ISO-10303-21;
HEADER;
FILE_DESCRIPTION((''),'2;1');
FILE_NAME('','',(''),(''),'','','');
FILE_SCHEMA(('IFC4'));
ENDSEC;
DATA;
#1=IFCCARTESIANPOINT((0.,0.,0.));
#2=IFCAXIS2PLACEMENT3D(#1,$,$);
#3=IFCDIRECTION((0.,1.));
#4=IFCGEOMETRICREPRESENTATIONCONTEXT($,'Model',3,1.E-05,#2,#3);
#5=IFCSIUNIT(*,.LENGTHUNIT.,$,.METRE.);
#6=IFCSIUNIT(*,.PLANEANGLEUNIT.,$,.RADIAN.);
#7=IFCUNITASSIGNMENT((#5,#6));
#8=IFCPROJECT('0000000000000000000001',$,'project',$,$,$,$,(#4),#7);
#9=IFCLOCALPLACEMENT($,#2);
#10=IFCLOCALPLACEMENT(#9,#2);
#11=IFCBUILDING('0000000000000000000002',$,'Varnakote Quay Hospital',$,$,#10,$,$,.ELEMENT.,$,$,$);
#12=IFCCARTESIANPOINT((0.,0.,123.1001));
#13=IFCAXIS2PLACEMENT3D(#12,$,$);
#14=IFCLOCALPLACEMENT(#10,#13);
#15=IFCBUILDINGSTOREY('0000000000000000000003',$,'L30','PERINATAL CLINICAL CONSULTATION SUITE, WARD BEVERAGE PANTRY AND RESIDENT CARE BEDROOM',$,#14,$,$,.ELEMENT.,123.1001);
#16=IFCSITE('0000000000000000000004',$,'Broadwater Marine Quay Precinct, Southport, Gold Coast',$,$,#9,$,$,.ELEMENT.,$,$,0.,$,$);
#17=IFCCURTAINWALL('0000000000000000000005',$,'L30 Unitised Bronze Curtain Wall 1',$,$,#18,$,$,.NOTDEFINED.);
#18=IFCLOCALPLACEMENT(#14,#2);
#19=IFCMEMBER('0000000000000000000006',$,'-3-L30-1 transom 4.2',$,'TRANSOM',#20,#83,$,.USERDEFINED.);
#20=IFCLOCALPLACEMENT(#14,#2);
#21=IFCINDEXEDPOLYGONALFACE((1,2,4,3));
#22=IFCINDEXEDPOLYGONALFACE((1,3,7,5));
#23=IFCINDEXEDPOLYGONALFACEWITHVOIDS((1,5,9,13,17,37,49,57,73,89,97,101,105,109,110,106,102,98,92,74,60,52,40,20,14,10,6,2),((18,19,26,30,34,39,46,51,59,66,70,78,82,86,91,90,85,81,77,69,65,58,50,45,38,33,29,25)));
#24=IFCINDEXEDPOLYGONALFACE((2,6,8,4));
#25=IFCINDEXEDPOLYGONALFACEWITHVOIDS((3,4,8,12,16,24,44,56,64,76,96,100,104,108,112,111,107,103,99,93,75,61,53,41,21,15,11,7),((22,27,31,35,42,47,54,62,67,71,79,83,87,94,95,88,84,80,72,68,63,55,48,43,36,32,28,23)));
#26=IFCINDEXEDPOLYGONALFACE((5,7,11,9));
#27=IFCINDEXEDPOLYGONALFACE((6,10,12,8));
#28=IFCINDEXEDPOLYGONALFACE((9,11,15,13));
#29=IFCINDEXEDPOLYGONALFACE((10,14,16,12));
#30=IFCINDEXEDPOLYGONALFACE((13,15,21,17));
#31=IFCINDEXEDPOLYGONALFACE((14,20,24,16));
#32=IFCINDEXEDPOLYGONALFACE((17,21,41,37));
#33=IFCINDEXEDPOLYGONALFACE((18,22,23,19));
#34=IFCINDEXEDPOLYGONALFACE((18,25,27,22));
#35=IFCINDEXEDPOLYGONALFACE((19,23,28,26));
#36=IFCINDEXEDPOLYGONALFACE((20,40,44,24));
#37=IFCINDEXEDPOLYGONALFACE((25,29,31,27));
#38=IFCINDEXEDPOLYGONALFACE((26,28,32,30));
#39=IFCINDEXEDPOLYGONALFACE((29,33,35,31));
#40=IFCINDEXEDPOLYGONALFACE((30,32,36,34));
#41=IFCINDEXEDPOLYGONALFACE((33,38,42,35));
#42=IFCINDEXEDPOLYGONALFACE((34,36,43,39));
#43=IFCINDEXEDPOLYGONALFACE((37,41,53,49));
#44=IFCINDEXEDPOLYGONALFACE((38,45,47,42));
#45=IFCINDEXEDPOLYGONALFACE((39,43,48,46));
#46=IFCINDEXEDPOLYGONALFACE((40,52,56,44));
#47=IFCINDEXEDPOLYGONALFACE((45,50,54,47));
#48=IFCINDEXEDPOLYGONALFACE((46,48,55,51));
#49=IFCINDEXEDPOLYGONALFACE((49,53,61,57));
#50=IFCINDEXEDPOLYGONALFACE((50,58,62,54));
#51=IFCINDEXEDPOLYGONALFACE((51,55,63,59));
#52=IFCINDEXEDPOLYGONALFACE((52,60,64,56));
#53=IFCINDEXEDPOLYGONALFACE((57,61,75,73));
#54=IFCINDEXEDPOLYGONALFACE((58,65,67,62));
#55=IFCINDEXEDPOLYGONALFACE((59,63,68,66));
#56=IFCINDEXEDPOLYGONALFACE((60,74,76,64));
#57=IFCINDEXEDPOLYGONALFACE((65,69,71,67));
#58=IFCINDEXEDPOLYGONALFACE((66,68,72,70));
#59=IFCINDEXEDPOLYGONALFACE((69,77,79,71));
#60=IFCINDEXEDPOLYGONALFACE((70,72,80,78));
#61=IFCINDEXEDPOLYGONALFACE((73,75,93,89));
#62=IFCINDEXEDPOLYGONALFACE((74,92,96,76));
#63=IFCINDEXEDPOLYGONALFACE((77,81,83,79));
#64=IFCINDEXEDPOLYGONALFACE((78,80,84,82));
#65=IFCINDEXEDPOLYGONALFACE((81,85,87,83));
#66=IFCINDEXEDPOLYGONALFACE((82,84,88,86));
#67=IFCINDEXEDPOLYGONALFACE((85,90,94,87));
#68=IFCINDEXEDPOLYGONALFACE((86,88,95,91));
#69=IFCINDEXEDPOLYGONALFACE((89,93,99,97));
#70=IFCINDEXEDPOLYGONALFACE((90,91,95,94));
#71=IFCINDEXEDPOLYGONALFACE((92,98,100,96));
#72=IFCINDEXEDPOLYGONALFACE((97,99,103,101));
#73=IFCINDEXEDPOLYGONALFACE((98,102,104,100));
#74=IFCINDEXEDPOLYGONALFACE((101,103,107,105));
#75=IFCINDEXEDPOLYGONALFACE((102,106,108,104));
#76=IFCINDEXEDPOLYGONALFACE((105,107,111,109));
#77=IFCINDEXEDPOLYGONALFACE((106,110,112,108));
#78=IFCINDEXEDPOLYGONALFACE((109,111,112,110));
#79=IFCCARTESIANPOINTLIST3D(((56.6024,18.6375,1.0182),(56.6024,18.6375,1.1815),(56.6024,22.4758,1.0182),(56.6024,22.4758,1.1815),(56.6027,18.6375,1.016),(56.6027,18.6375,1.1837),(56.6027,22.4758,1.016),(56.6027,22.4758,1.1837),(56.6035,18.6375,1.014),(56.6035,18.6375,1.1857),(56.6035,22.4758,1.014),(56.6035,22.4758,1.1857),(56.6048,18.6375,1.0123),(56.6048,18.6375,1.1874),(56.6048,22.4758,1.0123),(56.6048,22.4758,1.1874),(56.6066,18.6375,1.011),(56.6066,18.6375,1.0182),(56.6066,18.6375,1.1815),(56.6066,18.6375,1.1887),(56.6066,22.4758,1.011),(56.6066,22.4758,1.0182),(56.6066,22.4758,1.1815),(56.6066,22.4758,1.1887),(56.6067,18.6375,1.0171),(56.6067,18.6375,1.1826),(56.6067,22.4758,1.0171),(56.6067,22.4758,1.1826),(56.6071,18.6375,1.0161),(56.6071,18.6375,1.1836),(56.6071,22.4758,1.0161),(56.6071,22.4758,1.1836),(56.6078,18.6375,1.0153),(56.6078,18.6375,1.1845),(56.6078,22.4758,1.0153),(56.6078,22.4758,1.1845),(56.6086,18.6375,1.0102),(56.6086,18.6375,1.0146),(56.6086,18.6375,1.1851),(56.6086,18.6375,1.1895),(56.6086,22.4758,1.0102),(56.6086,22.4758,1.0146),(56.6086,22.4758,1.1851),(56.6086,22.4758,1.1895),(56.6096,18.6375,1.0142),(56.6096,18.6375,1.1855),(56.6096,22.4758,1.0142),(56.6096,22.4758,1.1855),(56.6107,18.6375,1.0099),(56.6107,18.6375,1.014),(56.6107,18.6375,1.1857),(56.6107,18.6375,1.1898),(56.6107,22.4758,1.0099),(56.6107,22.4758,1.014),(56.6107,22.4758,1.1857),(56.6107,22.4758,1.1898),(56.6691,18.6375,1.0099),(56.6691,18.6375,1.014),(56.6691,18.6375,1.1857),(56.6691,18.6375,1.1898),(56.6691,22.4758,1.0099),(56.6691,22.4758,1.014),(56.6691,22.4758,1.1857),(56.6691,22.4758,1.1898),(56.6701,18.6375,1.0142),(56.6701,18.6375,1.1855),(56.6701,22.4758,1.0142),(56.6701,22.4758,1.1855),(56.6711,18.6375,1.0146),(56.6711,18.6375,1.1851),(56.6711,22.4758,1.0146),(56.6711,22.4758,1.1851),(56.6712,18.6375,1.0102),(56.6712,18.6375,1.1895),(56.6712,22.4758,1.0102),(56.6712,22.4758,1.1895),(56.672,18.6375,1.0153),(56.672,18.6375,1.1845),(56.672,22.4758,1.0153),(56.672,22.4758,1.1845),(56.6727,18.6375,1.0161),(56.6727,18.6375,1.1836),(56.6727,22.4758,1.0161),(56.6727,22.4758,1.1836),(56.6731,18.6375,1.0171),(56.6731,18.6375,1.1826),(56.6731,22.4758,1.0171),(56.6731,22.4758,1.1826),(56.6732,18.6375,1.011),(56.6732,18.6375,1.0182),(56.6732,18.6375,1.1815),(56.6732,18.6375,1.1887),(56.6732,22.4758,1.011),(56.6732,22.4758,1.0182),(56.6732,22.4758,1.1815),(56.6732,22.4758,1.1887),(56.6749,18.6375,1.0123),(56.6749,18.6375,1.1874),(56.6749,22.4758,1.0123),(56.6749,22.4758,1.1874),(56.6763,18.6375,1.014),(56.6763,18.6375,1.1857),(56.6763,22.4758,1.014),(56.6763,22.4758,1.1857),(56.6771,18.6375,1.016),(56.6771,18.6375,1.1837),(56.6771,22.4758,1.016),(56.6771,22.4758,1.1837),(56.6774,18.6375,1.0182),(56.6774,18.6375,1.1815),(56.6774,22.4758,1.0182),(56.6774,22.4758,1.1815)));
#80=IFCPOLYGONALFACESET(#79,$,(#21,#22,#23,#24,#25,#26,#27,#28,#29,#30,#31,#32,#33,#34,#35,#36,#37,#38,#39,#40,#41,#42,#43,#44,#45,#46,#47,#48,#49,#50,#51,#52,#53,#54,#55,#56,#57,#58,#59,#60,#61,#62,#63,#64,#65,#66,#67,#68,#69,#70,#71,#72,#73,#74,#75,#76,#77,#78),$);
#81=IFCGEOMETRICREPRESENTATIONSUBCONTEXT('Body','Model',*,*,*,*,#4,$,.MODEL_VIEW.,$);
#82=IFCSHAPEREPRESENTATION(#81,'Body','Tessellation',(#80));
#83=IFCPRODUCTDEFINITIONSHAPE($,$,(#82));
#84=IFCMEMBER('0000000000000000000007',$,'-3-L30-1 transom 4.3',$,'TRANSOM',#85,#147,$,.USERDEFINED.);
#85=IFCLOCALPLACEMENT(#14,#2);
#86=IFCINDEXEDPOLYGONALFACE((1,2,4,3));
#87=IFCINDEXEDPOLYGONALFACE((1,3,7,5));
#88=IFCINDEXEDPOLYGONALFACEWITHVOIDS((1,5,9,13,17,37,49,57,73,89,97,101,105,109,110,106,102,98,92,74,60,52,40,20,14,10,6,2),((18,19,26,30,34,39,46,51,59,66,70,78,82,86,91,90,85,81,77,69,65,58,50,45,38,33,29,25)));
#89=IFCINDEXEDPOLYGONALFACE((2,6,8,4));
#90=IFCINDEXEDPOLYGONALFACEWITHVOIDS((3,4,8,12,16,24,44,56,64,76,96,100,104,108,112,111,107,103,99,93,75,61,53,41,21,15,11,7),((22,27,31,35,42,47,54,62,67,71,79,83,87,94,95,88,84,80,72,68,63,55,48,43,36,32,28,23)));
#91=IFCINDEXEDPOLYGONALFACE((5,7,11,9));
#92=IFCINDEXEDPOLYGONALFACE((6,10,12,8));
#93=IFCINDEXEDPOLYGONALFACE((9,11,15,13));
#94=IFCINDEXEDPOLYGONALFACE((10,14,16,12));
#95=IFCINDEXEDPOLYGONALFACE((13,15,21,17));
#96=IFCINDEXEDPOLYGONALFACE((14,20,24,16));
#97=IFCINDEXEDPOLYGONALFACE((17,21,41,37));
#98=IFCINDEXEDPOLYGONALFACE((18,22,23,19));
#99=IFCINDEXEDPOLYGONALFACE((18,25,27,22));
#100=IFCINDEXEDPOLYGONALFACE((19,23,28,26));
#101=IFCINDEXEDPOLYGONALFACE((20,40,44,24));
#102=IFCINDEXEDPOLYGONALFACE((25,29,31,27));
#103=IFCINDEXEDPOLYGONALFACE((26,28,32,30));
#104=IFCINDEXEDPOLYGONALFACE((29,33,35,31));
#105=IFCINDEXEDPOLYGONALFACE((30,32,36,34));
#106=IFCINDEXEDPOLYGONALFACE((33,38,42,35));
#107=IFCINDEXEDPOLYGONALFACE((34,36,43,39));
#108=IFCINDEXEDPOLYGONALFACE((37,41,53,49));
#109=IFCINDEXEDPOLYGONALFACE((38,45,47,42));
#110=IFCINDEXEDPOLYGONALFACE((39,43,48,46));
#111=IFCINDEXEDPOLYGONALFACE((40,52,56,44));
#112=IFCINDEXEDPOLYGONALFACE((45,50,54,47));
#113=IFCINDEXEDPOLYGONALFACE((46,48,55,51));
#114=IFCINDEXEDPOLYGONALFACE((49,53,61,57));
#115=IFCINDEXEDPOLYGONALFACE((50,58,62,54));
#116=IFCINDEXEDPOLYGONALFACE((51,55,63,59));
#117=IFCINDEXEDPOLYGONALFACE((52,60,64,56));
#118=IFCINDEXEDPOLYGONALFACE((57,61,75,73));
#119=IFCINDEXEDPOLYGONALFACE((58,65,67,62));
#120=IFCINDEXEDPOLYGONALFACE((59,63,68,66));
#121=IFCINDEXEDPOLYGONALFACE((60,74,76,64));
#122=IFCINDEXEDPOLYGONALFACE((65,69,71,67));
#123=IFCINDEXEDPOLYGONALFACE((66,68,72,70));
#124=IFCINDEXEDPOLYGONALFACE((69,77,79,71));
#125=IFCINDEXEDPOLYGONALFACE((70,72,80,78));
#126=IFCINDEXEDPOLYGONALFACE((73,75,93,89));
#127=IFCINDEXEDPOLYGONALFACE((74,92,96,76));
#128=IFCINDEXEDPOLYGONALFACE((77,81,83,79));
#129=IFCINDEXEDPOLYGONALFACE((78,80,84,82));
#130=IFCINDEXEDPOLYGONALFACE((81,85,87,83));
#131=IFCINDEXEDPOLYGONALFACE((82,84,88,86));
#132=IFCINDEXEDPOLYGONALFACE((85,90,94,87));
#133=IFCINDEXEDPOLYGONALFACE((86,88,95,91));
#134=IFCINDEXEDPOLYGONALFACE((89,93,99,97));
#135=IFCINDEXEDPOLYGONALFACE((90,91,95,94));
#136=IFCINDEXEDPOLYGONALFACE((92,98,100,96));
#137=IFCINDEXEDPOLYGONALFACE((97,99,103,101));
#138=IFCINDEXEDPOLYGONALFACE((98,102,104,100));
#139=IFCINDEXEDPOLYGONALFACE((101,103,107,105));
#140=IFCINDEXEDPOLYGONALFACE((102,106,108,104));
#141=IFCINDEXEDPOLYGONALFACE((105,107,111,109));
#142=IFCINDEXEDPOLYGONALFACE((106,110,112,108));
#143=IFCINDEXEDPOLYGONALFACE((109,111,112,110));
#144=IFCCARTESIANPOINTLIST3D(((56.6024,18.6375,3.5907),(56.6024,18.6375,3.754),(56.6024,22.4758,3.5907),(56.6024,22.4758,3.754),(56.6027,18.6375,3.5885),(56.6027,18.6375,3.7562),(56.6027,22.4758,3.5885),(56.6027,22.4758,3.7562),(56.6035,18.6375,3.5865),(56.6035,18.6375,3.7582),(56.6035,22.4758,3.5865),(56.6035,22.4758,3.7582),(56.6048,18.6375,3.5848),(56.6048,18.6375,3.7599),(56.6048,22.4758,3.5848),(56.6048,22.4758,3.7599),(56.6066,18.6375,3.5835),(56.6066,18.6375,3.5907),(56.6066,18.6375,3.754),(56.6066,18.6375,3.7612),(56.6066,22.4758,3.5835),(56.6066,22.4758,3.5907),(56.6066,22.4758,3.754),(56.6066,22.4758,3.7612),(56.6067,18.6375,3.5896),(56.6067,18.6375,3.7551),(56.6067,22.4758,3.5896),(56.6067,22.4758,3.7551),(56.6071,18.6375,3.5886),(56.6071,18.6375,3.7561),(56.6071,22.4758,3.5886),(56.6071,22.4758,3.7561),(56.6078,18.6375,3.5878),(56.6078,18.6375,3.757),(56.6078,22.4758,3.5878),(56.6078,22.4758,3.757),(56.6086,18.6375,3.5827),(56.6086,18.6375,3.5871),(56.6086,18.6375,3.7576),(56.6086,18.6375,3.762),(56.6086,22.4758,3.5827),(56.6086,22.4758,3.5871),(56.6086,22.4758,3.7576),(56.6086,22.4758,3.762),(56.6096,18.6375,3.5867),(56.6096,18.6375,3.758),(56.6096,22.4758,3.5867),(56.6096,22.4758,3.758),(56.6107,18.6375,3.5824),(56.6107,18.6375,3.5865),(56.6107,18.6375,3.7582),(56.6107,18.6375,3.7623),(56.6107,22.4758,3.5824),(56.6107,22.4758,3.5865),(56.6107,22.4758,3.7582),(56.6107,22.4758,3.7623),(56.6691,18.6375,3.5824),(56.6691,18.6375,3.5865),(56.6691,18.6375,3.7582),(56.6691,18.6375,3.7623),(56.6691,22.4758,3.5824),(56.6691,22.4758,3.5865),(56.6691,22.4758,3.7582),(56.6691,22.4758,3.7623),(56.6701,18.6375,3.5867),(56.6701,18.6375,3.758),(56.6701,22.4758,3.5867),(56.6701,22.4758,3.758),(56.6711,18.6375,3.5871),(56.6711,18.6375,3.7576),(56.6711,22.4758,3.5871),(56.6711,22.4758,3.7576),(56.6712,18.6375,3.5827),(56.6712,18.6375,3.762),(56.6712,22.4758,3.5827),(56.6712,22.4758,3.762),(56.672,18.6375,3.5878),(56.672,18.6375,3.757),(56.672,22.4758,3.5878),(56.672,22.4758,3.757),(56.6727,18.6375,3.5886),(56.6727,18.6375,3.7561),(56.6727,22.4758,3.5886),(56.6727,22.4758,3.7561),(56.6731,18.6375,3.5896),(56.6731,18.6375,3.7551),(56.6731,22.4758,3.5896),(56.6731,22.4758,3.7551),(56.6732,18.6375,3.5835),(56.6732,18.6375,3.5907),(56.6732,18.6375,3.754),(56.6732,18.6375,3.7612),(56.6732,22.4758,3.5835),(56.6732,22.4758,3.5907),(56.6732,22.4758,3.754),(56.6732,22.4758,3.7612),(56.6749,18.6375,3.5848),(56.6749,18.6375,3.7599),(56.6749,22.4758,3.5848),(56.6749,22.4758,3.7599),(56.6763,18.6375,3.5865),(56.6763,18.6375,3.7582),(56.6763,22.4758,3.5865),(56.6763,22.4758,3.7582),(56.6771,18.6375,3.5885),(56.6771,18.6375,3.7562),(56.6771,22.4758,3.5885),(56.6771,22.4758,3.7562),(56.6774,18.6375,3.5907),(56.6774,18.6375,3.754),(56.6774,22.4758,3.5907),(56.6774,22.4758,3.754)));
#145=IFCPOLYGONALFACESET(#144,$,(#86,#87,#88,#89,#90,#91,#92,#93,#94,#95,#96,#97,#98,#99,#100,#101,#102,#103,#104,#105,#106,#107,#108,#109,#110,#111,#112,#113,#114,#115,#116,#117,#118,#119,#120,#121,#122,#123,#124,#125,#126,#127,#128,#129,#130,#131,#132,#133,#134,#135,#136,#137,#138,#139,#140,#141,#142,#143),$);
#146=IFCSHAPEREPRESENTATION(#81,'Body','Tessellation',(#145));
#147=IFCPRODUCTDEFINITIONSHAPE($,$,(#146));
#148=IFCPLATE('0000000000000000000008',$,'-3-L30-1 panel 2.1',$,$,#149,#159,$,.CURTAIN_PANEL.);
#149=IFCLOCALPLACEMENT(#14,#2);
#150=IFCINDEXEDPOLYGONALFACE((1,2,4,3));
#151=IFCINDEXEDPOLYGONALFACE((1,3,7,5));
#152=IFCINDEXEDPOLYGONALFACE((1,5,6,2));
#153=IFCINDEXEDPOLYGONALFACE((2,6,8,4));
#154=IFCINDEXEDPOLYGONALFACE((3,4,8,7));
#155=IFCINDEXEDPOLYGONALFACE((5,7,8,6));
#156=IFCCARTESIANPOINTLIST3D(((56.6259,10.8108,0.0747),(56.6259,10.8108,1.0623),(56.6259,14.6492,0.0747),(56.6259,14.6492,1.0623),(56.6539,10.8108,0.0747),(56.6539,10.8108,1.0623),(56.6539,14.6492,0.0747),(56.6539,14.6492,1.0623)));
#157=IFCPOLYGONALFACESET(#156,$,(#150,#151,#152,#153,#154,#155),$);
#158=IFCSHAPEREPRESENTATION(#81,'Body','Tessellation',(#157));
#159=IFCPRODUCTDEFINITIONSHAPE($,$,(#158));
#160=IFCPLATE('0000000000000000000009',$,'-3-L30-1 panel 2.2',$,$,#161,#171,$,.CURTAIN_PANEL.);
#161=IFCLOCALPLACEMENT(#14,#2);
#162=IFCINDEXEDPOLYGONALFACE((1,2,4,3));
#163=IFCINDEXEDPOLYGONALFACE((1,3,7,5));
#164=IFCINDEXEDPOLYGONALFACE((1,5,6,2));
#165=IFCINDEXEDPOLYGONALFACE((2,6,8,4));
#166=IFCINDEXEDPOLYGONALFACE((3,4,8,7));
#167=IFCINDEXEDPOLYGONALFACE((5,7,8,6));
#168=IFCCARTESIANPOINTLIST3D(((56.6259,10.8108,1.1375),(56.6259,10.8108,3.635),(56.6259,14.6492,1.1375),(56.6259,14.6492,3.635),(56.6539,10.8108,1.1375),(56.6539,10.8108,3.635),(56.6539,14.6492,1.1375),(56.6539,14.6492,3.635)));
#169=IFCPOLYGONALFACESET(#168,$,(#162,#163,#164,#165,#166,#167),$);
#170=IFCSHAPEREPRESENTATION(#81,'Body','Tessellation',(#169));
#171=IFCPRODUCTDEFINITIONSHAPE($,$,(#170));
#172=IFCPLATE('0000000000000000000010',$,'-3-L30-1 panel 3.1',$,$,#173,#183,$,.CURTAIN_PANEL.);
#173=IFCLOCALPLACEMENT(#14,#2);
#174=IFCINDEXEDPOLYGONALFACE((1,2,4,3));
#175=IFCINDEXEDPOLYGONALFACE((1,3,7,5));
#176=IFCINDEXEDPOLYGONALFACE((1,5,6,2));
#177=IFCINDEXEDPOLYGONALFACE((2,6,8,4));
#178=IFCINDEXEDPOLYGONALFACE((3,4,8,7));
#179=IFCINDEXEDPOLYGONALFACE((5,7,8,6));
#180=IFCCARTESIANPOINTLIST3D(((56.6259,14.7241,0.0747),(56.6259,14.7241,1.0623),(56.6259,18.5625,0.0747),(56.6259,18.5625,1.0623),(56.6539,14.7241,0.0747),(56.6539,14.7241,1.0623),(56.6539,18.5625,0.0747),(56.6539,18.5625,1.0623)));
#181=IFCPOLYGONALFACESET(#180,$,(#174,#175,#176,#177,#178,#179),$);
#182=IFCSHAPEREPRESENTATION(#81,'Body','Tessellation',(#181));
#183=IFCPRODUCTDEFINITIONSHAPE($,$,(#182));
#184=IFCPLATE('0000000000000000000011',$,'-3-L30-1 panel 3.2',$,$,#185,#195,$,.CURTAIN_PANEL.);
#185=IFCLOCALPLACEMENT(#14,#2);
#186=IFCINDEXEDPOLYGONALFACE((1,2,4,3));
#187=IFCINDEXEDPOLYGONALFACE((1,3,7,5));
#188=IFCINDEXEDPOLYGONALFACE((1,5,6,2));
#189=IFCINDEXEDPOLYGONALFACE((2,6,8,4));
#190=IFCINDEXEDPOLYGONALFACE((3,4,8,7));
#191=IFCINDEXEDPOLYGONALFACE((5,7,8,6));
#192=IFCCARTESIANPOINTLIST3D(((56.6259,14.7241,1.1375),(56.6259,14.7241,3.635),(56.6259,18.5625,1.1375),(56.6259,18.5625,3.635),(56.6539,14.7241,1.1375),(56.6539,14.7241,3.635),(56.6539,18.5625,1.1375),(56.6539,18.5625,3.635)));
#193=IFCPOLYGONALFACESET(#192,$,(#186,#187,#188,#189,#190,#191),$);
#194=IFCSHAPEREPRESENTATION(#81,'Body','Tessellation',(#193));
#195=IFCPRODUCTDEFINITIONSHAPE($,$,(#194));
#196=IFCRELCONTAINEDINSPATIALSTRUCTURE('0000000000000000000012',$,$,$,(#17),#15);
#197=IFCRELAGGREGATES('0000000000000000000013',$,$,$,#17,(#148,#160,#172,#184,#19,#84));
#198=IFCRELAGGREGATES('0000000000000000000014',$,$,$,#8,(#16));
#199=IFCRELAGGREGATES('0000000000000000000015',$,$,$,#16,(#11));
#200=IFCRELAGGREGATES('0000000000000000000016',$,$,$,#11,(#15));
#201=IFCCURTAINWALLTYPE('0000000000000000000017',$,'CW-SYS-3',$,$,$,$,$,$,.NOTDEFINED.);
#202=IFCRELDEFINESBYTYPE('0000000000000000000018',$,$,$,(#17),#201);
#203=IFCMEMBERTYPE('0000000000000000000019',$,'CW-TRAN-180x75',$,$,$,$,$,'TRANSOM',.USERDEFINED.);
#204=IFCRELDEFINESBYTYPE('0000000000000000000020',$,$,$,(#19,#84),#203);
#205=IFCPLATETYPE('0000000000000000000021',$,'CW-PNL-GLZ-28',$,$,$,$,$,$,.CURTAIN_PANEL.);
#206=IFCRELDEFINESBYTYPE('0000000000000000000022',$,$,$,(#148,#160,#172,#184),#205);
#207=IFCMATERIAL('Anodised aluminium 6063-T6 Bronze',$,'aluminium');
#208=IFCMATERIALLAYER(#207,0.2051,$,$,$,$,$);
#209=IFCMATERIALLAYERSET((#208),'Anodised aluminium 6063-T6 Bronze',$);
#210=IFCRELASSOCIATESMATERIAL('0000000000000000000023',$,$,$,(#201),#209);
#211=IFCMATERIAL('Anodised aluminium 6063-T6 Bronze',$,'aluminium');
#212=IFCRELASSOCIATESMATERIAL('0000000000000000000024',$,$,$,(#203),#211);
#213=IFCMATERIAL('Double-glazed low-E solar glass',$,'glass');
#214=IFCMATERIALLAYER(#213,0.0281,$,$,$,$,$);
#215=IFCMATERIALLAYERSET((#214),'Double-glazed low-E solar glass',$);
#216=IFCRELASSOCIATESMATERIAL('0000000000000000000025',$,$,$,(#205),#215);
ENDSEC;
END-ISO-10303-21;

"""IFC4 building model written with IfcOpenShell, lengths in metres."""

from ifc_helpers import new_model, si_unit, direction, frame, origin, origin_2d, place, context, subcontext, project, spatial, rectangle, hollow_rectangle, extrude, material, layer, layer_set, material_profile, profile_set, type_object, element, aggregate, save


model = new_model("IFC4")

# Units and contexts
model_context = context("Model", 3, precision=1e-05, world=origin(), true_north=direction((0.0, 1.0)))
body_context = subcontext(model_context, "Body", "Model", "MODEL_VIEW")
ifc_project = project(units=[si_unit("LENGTHUNIT", "METRE"), si_unit("PLANEANGLEUNIT", "RADIAN")], contexts=[model_context])

# Site, building, storey
site_placement = place(None, origin())
site = spatial("IfcSite", under=ifc_project, at=site_placement, Name="Broadwater Marine Quay Precinct, Southport, Gold Coast", CompositionType="ELEMENT", RefElevation=0.0)
building_placement = place(site_placement, origin())
building = spatial("IfcBuilding", under=site, at=building_placement, Name="Varnakote Quay Hospital", CompositionType="ELEMENT")
storey_placement = place(building_placement, frame((0.0, 0.0, 123.1001)))
storey = spatial("IfcBuildingStorey", under=building, at=storey_placement, Name="L30", Description="PERINATAL CLINICAL CONSULTATION SUITE, WARD BEVERAGE PANTRY AND RESIDENT CARE BEDROOM", CompositionType="ELEMENT", Elevation=123.1001)

# Curtain wall, members, plates
ifc_material_1 = material(Name="Anodised aluminium 6063-T6 Bronze", Category="aluminium")
ifc_layer_1 = layer(ifc_material_1, 0.2051)
ifc_layer_set_1 = layer_set([ifc_layer_1], Name="Anodised aluminium 6063-T6 Bronze")
curtain_wall_type = type_object("IfcCurtainWallType", Name="CW-SYS-3", PredefinedType="NOTDEFINED", material=ifc_layer_set_1)
curtain_wall_placement = place(storey_placement, origin())
curtain_wall = element("IfcCurtainWall", 1, at=curtain_wall_placement, inside=storey, type_object=curtain_wall_type, Name="L30 Unitised Bronze Curtain Wall 1", PredefinedType="NOTDEFINED")
ifc_material_2 = material(Name="Anodised aluminium 6063-T6 Bronze", Category="aluminium")
ifc_material_profile_1 = material_profile(ifc_material_2, hollow_rectangle(XDim=0.075, YDim=0.1799, WallThickness=0.0042, InnerFilletRadius=0.0042, OuterFilletRadius=0.0083, at=origin_2d()), Name="CW-TRAN-180x75")
ifc_profile_set_1 = profile_set([ifc_material_profile_1], Name="Anodised aluminium 6063-T6 Bronze")
member_type_1 = type_object("IfcMemberType", Name="CW-TRAN-180x75", ElementType="TRANSOM", PredefinedType="USERDEFINED", material=ifc_profile_set_1)
member_1_placement = place(storey_placement, frame((56.6399, 18.6375, 1.0999), z_axis=(0.0, 1.0, 0.0), x_axis=(-1.0, 0.0, 0.0)))
member_1 = element("IfcMember", 2, at=member_1_placement, type_object=member_type_1, Name="-3-L30-1 transom 4.2", ObjectType="TRANSOM", PredefinedType="USERDEFINED", context=body_context, shape_type="SweptSolid", body=[
    extrude(hollow_rectangle(XDim=0.075, YDim=0.1799, WallThickness=0.0042, InnerFilletRadius=0.0042, OuterFilletRadius=0.0083, at=origin_2d()), origin(), (0.0, 0.0, 1.0), 3.8384),
])
member_2_placement = place(storey_placement, frame((56.6399, 18.6375, 3.6724), z_axis=(0.0, 1.0, 0.0), x_axis=(-1.0, 0.0, 0.0)))
member_2 = element("IfcMember", 3, at=member_2_placement, type_object=member_type_1, Name="-3-L30-1 transom 4.3", ObjectType="TRANSOM", PredefinedType="USERDEFINED", context=body_context, shape_type="SweptSolid", body=[
    extrude(hollow_rectangle(XDim=0.075, YDim=0.1799, WallThickness=0.0042, InnerFilletRadius=0.0042, OuterFilletRadius=0.0083, at=origin_2d()), origin(), (0.0, 0.0, 1.0), 3.8384),
])
ifc_material_3 = material(Name="Double-glazed low-E solar glass", Category="glass")
ifc_layer_2 = layer(ifc_material_3, 0.0281)
ifc_layer_set_2 = layer_set([ifc_layer_2], Name="Double-glazed low-E solar glass")
plate_type = type_object("IfcPlateType", Name="CW-PNL-GLZ-28", PredefinedType="CURTAIN_PANEL", material=ifc_layer_set_2)
plate_1_placement = place(storey_placement, frame((56.6399, 12.73, 0.0747), z_axis=(0.0, 0.0, 1.0), x_axis=(0.0, 1.0, 0.0)))
plate_1 = element("IfcPlate", 4, at=plate_1_placement, type_object=plate_type, Name="-3-L30-1 panel 2.1", PredefinedType="CURTAIN_PANEL", context=body_context, shape_type="SweptSolid", body=[
    extrude(rectangle(XDim=3.8384, YDim=0.0281, at=origin_2d()), origin(), (0.0, 0.0, 1.0), 0.9875),
])
plate_2_placement = place(storey_placement, frame((56.6399, 12.73, 1.1375), z_axis=(0.0, 0.0, 1.0), x_axis=(0.0, 1.0, 0.0)))
plate_2 = element("IfcPlate", 5, at=plate_2_placement, type_object=plate_type, Name="-3-L30-1 panel 2.2", PredefinedType="CURTAIN_PANEL", context=body_context, shape_type="SweptSolid", body=[
    extrude(rectangle(XDim=3.8384, YDim=0.0281, at=origin_2d()), origin(), (0.0, 0.0, 1.0), 2.4976),
])
plate_3_placement = place(storey_placement, frame((56.6399, 16.6433, 0.0747), z_axis=(0.0, 0.0, 1.0), x_axis=(0.0, 1.0, 0.0)))
plate_3 = element("IfcPlate", 6, at=plate_3_placement, type_object=plate_type, Name="-3-L30-1 panel 3.1", PredefinedType="CURTAIN_PANEL", context=body_context, shape_type="SweptSolid", body=[
    extrude(rectangle(XDim=3.8384, YDim=0.0281, at=origin_2d()), origin(), (0.0, 0.0, 1.0), 0.9875),
])
plate_4_placement = place(storey_placement, frame((56.6399, 16.6433, 1.1375), z_axis=(0.0, 0.0, 1.0), x_axis=(0.0, 1.0, 0.0)))
plate_4 = element("IfcPlate", 7, at=plate_4_placement, type_object=plate_type, Name="-3-L30-1 panel 3.2", PredefinedType="CURTAIN_PANEL", context=body_context, shape_type="SweptSolid", body=[
    extrude(rectangle(XDim=3.8384, YDim=0.0281, at=origin_2d()), origin(), (0.0, 0.0, 1.0), 2.4976),
])
aggregate(curtain_wall, [plate_1, plate_2, plate_3, plate_4, member_1, member_2])

save(model, "model.ifc")
